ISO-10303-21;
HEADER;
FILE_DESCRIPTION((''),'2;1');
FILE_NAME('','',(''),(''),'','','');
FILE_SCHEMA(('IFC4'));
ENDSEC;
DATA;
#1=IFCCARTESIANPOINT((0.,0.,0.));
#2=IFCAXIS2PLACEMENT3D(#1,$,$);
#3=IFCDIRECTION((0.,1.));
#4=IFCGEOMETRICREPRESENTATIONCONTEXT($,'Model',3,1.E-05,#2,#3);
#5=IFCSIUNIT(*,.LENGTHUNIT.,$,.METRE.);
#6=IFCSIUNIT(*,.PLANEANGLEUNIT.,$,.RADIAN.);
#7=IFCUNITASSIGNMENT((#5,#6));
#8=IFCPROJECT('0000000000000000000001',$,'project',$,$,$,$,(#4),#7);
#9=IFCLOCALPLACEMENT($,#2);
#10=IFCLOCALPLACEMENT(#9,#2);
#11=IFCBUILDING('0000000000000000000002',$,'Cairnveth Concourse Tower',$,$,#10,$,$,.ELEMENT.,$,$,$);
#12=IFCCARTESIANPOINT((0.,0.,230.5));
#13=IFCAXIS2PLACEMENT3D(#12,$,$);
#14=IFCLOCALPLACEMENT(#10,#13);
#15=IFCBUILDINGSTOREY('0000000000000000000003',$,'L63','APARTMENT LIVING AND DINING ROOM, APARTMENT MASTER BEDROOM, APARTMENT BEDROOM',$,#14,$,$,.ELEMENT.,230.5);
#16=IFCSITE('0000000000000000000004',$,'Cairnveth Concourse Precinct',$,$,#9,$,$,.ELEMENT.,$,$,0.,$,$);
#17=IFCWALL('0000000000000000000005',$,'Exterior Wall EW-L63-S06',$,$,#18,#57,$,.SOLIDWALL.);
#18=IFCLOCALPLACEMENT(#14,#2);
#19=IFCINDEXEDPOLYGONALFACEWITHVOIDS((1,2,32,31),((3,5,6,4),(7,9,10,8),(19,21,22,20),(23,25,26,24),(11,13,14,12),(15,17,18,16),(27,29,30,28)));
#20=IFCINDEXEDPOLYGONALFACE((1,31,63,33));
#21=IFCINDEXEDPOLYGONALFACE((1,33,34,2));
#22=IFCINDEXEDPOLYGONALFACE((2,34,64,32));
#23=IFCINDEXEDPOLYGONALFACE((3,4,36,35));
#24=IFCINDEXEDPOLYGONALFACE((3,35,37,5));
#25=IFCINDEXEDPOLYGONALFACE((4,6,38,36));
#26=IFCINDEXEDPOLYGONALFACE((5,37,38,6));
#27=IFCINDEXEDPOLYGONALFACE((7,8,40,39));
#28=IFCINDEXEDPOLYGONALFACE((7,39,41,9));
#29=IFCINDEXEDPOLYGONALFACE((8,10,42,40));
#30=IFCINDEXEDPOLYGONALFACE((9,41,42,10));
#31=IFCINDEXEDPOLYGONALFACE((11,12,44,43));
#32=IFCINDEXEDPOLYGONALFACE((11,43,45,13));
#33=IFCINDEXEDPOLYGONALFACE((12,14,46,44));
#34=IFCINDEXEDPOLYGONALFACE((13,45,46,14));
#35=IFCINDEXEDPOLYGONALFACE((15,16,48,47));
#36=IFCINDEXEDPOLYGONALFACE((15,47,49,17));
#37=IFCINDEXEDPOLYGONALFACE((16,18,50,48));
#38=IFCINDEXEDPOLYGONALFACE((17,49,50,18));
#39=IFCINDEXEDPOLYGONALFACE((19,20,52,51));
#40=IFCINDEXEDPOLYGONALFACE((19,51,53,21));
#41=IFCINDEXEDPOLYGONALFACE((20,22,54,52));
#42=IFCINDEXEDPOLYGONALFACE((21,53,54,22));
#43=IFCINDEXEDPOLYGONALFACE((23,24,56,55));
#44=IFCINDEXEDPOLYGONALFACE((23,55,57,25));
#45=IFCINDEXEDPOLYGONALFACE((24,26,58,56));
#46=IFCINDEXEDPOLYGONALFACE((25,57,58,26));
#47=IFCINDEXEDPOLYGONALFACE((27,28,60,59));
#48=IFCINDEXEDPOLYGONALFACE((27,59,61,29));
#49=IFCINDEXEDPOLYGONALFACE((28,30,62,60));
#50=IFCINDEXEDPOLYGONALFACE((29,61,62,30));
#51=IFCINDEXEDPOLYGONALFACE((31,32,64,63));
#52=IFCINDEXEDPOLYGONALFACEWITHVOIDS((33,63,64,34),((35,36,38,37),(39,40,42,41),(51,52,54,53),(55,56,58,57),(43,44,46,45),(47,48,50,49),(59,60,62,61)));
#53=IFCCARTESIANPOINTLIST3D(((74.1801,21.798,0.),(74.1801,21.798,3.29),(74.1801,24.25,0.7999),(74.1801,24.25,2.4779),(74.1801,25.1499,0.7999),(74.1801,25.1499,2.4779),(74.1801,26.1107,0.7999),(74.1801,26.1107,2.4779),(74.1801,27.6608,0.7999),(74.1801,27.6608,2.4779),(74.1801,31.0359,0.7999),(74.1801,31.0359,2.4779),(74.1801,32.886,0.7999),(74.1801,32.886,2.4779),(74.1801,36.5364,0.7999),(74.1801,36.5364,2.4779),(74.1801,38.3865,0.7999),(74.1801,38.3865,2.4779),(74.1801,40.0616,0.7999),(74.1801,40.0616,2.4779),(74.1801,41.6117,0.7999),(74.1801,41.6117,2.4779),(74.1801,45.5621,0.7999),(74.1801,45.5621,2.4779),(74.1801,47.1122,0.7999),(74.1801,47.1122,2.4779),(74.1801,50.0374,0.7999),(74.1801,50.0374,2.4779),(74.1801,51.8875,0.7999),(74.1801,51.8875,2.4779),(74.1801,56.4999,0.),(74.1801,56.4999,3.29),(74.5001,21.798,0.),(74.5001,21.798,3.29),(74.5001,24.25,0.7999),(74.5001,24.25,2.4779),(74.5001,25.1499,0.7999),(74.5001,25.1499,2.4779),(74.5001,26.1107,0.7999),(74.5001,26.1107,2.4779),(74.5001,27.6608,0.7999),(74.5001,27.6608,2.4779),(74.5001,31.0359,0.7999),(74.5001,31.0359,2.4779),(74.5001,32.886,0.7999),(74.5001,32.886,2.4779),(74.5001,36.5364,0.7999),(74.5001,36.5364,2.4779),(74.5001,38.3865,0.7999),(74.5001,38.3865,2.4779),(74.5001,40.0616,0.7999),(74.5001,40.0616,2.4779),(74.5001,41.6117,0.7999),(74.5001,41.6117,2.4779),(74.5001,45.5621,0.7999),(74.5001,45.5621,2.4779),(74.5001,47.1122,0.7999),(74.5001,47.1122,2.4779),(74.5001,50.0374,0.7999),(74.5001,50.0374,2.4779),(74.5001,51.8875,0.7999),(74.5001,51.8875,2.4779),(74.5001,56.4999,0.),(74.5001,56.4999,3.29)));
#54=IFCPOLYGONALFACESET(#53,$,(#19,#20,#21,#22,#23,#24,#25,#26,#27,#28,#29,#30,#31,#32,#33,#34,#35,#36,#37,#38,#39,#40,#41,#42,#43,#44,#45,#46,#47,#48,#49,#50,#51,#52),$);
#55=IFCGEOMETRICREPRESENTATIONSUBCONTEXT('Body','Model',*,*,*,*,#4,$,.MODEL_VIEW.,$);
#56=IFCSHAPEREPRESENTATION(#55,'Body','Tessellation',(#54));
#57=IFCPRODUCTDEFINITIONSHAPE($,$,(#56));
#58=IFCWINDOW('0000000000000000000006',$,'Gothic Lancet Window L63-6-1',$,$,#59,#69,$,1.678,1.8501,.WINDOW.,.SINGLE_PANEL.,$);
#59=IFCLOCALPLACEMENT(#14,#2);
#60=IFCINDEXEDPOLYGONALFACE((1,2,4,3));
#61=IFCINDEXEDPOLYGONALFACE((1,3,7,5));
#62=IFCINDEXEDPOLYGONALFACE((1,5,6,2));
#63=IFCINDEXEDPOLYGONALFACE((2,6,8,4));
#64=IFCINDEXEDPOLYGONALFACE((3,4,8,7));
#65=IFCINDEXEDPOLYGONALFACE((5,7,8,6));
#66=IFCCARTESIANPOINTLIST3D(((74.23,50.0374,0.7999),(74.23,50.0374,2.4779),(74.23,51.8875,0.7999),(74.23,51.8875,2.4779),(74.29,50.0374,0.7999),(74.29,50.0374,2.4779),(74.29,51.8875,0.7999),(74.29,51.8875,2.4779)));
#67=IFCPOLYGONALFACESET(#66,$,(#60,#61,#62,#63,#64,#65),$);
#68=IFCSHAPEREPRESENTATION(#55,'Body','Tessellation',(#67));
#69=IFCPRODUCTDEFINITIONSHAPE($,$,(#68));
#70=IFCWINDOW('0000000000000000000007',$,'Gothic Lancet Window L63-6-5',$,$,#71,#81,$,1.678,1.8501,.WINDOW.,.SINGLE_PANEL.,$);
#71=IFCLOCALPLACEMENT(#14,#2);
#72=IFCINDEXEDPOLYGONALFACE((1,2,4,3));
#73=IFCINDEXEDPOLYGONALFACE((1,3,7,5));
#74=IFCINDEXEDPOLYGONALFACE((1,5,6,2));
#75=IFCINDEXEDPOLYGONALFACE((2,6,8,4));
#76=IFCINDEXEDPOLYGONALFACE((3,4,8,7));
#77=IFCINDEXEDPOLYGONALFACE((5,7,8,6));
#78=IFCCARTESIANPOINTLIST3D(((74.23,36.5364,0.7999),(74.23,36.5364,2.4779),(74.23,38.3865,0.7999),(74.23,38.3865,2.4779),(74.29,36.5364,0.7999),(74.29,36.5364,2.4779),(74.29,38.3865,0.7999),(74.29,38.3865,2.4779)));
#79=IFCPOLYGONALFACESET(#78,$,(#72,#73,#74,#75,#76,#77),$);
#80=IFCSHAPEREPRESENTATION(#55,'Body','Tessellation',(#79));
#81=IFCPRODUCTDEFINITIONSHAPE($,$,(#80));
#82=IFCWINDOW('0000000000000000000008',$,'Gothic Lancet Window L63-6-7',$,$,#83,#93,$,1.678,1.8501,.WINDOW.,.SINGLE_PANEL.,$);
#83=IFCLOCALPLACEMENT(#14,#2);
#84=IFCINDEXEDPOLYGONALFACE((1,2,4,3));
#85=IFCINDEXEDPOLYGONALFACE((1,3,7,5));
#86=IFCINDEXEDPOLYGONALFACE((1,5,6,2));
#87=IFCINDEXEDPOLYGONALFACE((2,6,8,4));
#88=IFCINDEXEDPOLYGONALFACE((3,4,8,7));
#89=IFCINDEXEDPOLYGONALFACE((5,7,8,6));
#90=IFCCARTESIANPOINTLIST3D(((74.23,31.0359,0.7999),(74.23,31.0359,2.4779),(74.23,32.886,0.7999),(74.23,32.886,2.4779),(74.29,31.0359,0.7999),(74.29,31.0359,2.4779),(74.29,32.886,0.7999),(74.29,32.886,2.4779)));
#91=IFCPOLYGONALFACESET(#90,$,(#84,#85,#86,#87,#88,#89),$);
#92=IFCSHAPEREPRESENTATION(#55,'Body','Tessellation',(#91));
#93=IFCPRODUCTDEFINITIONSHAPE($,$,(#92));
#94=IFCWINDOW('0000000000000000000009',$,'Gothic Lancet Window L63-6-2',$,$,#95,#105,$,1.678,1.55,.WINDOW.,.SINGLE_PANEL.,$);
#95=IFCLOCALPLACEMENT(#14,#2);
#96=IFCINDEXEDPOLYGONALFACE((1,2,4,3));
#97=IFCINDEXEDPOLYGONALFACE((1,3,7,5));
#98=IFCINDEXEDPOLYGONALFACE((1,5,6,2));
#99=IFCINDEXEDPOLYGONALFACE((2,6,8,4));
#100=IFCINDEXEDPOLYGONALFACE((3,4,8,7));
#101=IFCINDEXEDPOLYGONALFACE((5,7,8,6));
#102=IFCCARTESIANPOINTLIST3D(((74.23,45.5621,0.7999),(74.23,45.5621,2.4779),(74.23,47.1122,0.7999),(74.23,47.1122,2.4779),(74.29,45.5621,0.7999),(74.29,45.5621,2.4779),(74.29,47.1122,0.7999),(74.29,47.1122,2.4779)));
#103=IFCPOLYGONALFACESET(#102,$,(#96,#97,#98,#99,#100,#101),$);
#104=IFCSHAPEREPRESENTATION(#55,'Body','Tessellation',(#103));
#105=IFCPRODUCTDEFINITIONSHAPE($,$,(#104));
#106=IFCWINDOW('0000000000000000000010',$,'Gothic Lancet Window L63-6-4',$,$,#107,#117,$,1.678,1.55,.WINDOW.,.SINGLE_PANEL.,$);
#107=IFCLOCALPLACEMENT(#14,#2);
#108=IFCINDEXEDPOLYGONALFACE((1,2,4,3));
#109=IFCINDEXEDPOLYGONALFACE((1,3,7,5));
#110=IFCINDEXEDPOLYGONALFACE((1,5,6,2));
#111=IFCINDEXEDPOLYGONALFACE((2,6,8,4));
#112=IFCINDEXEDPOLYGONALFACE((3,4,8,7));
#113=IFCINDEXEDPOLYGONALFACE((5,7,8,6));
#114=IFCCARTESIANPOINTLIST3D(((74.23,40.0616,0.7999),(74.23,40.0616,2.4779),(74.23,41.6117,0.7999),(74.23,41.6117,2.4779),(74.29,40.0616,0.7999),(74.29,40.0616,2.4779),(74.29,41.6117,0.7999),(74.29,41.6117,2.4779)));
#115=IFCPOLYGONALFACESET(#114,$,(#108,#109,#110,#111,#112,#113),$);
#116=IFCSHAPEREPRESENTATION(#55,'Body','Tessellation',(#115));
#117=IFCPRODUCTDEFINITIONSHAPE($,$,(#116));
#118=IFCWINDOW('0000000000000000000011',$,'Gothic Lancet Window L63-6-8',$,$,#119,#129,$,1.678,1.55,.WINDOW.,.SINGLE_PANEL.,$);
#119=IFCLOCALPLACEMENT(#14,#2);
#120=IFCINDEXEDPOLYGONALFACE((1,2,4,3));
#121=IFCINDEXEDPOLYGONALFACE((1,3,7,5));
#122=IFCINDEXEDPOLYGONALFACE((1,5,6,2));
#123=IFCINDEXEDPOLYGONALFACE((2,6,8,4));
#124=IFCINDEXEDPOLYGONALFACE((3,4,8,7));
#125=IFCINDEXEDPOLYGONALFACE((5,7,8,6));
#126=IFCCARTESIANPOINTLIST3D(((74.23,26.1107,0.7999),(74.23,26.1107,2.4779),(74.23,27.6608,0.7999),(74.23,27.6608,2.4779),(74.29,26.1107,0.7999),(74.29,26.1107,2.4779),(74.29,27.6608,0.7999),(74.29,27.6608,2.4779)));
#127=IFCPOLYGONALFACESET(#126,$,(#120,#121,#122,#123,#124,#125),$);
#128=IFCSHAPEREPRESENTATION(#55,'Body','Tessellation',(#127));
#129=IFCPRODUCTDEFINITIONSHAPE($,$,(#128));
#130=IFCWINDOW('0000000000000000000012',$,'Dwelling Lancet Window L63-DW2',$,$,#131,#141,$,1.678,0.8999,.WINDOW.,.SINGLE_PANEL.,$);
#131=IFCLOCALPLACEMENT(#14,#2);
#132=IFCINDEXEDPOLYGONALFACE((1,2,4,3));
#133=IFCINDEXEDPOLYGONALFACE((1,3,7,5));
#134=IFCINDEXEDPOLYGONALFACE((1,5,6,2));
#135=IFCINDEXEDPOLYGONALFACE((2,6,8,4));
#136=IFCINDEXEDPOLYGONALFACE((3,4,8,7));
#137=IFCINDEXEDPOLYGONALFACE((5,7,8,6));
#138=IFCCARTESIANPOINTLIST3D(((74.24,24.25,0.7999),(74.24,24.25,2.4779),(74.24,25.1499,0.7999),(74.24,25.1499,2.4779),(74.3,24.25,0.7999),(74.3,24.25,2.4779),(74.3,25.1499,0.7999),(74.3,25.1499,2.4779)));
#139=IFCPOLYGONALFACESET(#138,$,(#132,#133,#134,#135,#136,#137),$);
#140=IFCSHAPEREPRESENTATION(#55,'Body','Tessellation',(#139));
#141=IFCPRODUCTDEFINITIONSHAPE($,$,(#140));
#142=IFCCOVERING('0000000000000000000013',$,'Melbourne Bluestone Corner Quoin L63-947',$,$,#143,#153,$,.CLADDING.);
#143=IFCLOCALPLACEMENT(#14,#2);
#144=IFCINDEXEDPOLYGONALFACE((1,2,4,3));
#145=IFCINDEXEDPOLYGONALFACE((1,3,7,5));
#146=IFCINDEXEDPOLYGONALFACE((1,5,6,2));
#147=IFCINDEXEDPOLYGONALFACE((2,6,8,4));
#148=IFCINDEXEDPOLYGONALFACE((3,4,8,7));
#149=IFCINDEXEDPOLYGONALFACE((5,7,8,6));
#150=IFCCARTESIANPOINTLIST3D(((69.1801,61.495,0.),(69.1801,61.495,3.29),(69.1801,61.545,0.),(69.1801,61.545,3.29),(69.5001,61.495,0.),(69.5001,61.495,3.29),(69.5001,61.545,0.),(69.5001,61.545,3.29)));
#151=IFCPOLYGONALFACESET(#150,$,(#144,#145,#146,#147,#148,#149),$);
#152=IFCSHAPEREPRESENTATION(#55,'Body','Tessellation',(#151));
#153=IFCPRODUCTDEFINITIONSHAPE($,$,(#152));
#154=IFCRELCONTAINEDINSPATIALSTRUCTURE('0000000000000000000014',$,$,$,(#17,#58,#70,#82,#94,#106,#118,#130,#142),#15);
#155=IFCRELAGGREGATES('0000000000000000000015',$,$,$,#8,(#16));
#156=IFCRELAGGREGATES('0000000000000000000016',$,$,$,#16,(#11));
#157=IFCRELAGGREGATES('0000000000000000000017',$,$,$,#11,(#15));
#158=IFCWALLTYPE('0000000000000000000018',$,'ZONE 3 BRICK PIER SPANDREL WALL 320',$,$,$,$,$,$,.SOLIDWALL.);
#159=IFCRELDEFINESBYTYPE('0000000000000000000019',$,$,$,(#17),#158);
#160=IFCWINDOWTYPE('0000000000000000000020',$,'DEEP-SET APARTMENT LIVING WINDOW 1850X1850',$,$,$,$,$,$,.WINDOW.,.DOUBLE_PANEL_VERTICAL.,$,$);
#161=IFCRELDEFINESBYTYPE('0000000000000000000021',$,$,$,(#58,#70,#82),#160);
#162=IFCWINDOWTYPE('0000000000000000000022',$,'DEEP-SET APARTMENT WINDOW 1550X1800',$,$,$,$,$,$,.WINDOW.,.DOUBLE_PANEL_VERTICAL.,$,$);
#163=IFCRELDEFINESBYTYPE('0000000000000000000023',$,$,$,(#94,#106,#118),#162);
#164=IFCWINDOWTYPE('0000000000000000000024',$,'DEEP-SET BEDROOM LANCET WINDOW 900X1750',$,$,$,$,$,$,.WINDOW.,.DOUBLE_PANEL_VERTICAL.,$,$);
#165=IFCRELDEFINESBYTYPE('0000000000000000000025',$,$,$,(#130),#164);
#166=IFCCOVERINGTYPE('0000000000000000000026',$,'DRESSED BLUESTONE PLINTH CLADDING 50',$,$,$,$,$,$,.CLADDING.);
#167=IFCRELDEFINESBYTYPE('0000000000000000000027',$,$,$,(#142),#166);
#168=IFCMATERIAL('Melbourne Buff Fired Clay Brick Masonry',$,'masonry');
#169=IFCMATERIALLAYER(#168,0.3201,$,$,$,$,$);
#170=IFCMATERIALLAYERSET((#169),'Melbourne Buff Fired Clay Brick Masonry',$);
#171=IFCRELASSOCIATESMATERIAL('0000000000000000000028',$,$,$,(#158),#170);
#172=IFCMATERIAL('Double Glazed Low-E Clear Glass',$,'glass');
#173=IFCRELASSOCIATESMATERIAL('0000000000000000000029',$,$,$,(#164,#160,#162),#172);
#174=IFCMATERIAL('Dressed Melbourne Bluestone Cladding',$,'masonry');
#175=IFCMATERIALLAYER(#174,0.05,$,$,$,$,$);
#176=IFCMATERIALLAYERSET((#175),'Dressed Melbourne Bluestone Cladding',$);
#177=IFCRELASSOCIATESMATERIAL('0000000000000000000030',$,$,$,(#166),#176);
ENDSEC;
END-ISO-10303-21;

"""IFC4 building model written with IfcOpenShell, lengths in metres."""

from ifc_helpers import new_model, si_unit, direction, frame, frame_2d, origin, place, context, subcontext, project, spatial, rectangle, extrude, material, layer, layer_set, type_object, element, fill, save


model = new_model("IFC4")

# Units and contexts
model_context = context("Model", 3, precision=1e-05, world=origin(), true_north=direction((0.0, 1.0)))
body_context = subcontext(model_context, "Body", "Model", "MODEL_VIEW")
ifc_project = project(units=[si_unit("LENGTHUNIT", "METRE"), si_unit("PLANEANGLEUNIT", "RADIAN")], contexts=[model_context])

# Site, building, storey
site_placement = place(None, origin())
site = spatial("IfcSite", under=ifc_project, at=site_placement, Name="Cairnveth Concourse Precinct", CompositionType="ELEMENT", RefElevation=0.0)
building_placement = place(site_placement, origin())
building = spatial("IfcBuilding", under=site, at=building_placement, Name="Cairnveth Concourse Tower", CompositionType="ELEMENT")
storey_placement = place(building_placement, frame((0.0, 0.0, 230.5)))
storey = spatial("IfcBuildingStorey", under=building, at=storey_placement, Name="L63", Description="APARTMENT LIVING AND DINING ROOM, APARTMENT MASTER BEDROOM, APARTMENT BEDROOM", CompositionType="ELEMENT", Elevation=230.5)

# Shared definitions
ifc_material_1 = material(Name="Melbourne Buff Fired Clay Brick Masonry", Category="masonry")
ifc_layer_1 = layer(ifc_material_1, 0.3201)
ifc_layer_set_1 = layer_set([ifc_layer_1], Name="Melbourne Buff Fired Clay Brick Masonry")
wall_type = type_object("IfcWallType", Name="ZONE 3 BRICK PIER SPANDREL WALL 320", PredefinedType="SOLIDWALL", material=ifc_layer_set_1)

# Shared definitions
ifc_material_2 = material(Name="Double Glazed Low-E Clear Glass", Category="glass")
window_type_1 = type_object("IfcWindowType", Name="DEEP-SET BEDROOM LANCET WINDOW 900X1750", PartitioningType="DOUBLE_PANEL_VERTICAL", PredefinedType="WINDOW", material=ifc_material_2)

# Wall, openings, windows
wall_1_placement = place(storey_placement, frame((74.3401, 56.5, 0.0), z_axis=(0.0, 0.0, 1.0), x_axis=(0.0, -1.0, 0.0)))
wall_1 = element("IfcWall", 1, at=wall_1_placement, inside=storey, type_object=wall_type, Name="Exterior Wall EW-L63-S06", PredefinedType="SOLIDWALL", context=body_context, shape_type="SweptSolid", body=[
    extrude(rectangle(XDim=34.7019, YDim=0.3201, at=frame_2d((17.3511, 0.0))), origin(), (0.0, 0.0, 1.0), 3.29),
])
opening_1_placement = place(wall_1_placement, frame((4.6125, 0.0, 0.8)))
opening_1 = element("IfcOpeningElement", 2, at=opening_1_placement, cuts=wall_1, PredefinedType="OPENING", context=body_context, shape_type="SweptSolid", body=[
    extrude(rectangle(XDim=1.8501, YDim=1.678, at=frame_2d((0.925, 0.8389))), frame((0.0, 0.1699, 0.0), z_axis=(0.0, -1.0, 0.0), x_axis=(1.0, 0.0, 0.0)), (0.0, 0.0, 1.0), 0.3401),
])
opening_2_placement = place(wall_1_placement, frame((9.3879, 0.0, 0.8)))
opening_2 = element("IfcOpeningElement", 3, at=opening_2_placement, cuts=wall_1, PredefinedType="OPENING", context=body_context, shape_type="SweptSolid", body=[
    extrude(rectangle(XDim=1.55, YDim=1.678, at=frame_2d((0.7749, 0.8389))), frame((0.0, 0.1699, 0.0), z_axis=(0.0, -1.0, 0.0), x_axis=(1.0, 0.0, 0.0)), (0.0, 0.0, 1.0), 0.3401),
])
opening_3_placement = place(wall_1_placement, frame((14.8884, 0.0, 0.8)))
opening_3 = element("IfcOpeningElement", 4, at=opening_3_placement, cuts=wall_1, PredefinedType="OPENING", context=body_context, shape_type="SweptSolid", body=[
    extrude(rectangle(XDim=1.55, YDim=1.678, at=frame_2d((0.7749, 0.8389))), frame((0.0, 0.1699, 0.0), z_axis=(0.0, -1.0, 0.0), x_axis=(1.0, 0.0, 0.0)), (0.0, 0.0, 1.0), 0.3401),
])
opening_4_placement = place(wall_1_placement, frame((18.1135, 0.0, 0.8)))
opening_4 = element("IfcOpeningElement", 5, at=opening_4_placement, cuts=wall_1, PredefinedType="OPENING", context=body_context, shape_type="SweptSolid", body=[
    extrude(rectangle(XDim=1.8501, YDim=1.678, at=frame_2d((0.925, 0.8389))), frame((0.0, 0.1699, 0.0), z_axis=(0.0, -1.0, 0.0), x_axis=(1.0, 0.0, 0.0)), (0.0, 0.0, 1.0), 0.3401),
])
opening_5_placement = place(wall_1_placement, frame((23.614, 0.0, 0.8)))
opening_5 = element("IfcOpeningElement", 6, at=opening_5_placement, cuts=wall_1, PredefinedType="OPENING", context=body_context, shape_type="SweptSolid", body=[
    extrude(rectangle(XDim=1.8501, YDim=1.678, at=frame_2d((0.925, 0.8389))), frame((0.0, 0.1699, 0.0), z_axis=(0.0, -1.0, 0.0), x_axis=(1.0, 0.0, 0.0)), (0.0, 0.0, 1.0), 0.3401),
])
opening_6_placement = place(wall_1_placement, frame((28.8394, 0.0, 0.8)))
opening_6 = element("IfcOpeningElement", 7, at=opening_6_placement, cuts=wall_1, PredefinedType="OPENING", context=body_context, shape_type="SweptSolid", body=[
    extrude(rectangle(XDim=1.55, YDim=1.678, at=frame_2d((0.7749, 0.8389))), frame((0.0, 0.1699, 0.0), z_axis=(0.0, -1.0, 0.0), x_axis=(1.0, 0.0, 0.0)), (0.0, 0.0, 1.0), 0.3401),
])
opening_7_placement = place(wall_1_placement, frame((31.3501, 0.0, 0.8)))
opening_7 = element("IfcOpeningElement", 8, at=opening_7_placement, cuts=wall_1, PredefinedType="OPENING", context=body_context, shape_type="SweptSolid", body=[
    extrude(rectangle(XDim=0.8999, YDim=1.678, at=frame_2d((0.45, 0.8389))), frame((0.0, 0.1699, 0.0), z_axis=(0.0, -1.0, 0.0), x_axis=(1.0, 0.0, 0.0)), (0.0, 0.0, 1.0), 0.3401),
])
window_type_2 = type_object("IfcWindowType", Name="DEEP-SET APARTMENT LIVING WINDOW 1850X1850", PartitioningType="DOUBLE_PANEL_VERTICAL", PredefinedType="WINDOW", material=ifc_material_2)
window_1_placement = place(opening_1_placement, origin())
window_1 = element("IfcWindow", 9, at=window_1_placement, inside=storey, type_object=window_type_2, Name="Gothic Lancet Window L63-6-1", OverallHeight=1.678, OverallWidth=1.8501, PartitioningType="SINGLE_PANEL", PredefinedType="WINDOW", context=body_context, shape_type="SweptSolid", body=[
    extrude(rectangle(XDim=1.8501, YDim=1.678, at=frame_2d((0.925, 0.8389))), frame((0.0, -0.05, 0.0), z_axis=(0.0, -1.0, 0.0), x_axis=(1.0, 0.0, 0.0)), (0.0, 0.0, 1.0), 0.0601),
])
fill(opening_1, window_1)
window_2_placement = place(opening_4_placement, origin())
window_2 = element("IfcWindow", 10, at=window_2_placement, inside=storey, type_object=window_type_2, Name="Gothic Lancet Window L63-6-5", OverallHeight=1.678, OverallWidth=1.8501, PartitioningType="SINGLE_PANEL", PredefinedType="WINDOW", context=body_context, shape_type="SweptSolid", body=[
    extrude(rectangle(XDim=1.8501, YDim=1.678, at=frame_2d((0.925, 0.8389))), frame((0.0, -0.05, 0.0), z_axis=(0.0, -1.0, 0.0), x_axis=(1.0, 0.0, 0.0)), (0.0, 0.0, 1.0), 0.0601),
])
fill(opening_4, window_2)
window_3_placement = place(opening_5_placement, origin())
window_3 = element("IfcWindow", 11, at=window_3_placement, inside=storey, type_object=window_type_2, Name="Gothic Lancet Window L63-6-7", OverallHeight=1.678, OverallWidth=1.8501, PartitioningType="SINGLE_PANEL", PredefinedType="WINDOW", context=body_context, shape_type="SweptSolid", body=[
    extrude(rectangle(XDim=1.8501, YDim=1.678, at=frame_2d((0.925, 0.8389))), frame((0.0, -0.05, 0.0), z_axis=(0.0, -1.0, 0.0), x_axis=(1.0, 0.0, 0.0)), (0.0, 0.0, 1.0), 0.0601),
])
fill(opening_5, window_3)
window_type_3 = type_object("IfcWindowType", Name="DEEP-SET APARTMENT WINDOW 1550X1800", PartitioningType="DOUBLE_PANEL_VERTICAL", PredefinedType="WINDOW", material=ifc_material_2)
window_4_placement = place(opening_2_placement, origin())
window_4 = element("IfcWindow", 12, at=window_4_placement, inside=storey, type_object=window_type_3, Name="Gothic Lancet Window L63-6-2", OverallHeight=1.678, OverallWidth=1.55, PartitioningType="SINGLE_PANEL", PredefinedType="WINDOW", context=body_context, shape_type="SweptSolid", body=[
    extrude(rectangle(XDim=1.55, YDim=1.678, at=frame_2d((0.7749, 0.8389))), frame((0.0, -0.05, 0.0), z_axis=(0.0, -1.0, 0.0), x_axis=(1.0, 0.0, 0.0)), (0.0, 0.0, 1.0), 0.0601),
])
fill(opening_2, window_4)
window_5_placement = place(opening_3_placement, origin())
window_5 = element("IfcWindow", 13, at=window_5_placement, inside=storey, type_object=window_type_3, Name="Gothic Lancet Window L63-6-4", OverallHeight=1.678, OverallWidth=1.55, PartitioningType="SINGLE_PANEL", PredefinedType="WINDOW", context=body_context, shape_type="SweptSolid", body=[
    extrude(rectangle(XDim=1.55, YDim=1.678, at=frame_2d((0.7749, 0.8389))), frame((0.0, -0.05, 0.0), z_axis=(0.0, -1.0, 0.0), x_axis=(1.0, 0.0, 0.0)), (0.0, 0.0, 1.0), 0.0601),
])
fill(opening_3, window_5)
window_6_placement = place(opening_6_placement, origin())
window_6 = element("IfcWindow", 14, at=window_6_placement, inside=storey, type_object=window_type_3, Name="Gothic Lancet Window L63-6-8", OverallHeight=1.678, OverallWidth=1.55, PartitioningType="SINGLE_PANEL", PredefinedType="WINDOW", context=body_context, shape_type="SweptSolid", body=[
    extrude(rectangle(XDim=1.55, YDim=1.678, at=frame_2d((0.7749, 0.8389))), frame((0.0, -0.05, 0.0), z_axis=(0.0, -1.0, 0.0), x_axis=(1.0, 0.0, 0.0)), (0.0, 0.0, 1.0), 0.0601),
])
fill(opening_6, window_6)
window_7_placement = place(opening_7_placement, origin())
window_7 = element("IfcWindow", 15, at=window_7_placement, inside=storey, type_object=window_type_1, Name="Dwelling Lancet Window L63-DW2", OverallHeight=1.678, OverallWidth=0.8999, PartitioningType="SINGLE_PANEL", PredefinedType="WINDOW", context=body_context, shape_type="SweptSolid", body=[
    extrude(rectangle(XDim=0.8999, YDim=1.678, at=frame_2d((0.45, 0.8389))), frame((0.0, -0.04, 0.0), z_axis=(0.0, -1.0, 0.0), x_axis=(1.0, 0.0, 0.0)), (0.0, 0.0, 1.0), 0.0601),
])
fill(opening_7, window_7)

# Covering
ifc_material_3 = material(Name="Dressed Melbourne Bluestone Cladding", Category="masonry")
ifc_layer_2 = layer(ifc_material_3, 0.05)
ifc_layer_set_2 = layer_set([ifc_layer_2], Name="Dressed Melbourne Bluestone Cladding")
covering_type = type_object("IfcCoveringType", Name="DRESSED BLUESTONE PLINTH CLADDING 50", PredefinedType="CLADDING", material=ifc_layer_set_2)
for number, where, z_axis, x_axis, name in (
    (16, (69.1799, 61.52, 0.0), (0.0, 0.0, 1.0), (1.0, 0.0, 0.0), "Melbourne Bluestone Corner Quoin L63-947"),
):
    element("IfcCovering", number, at=place(storey_placement, frame(where, z_axis=z_axis, x_axis=x_axis)), inside=storey, type_object=covering_type, Name=name, PredefinedType="CLADDING", context=body_context, shape_type="SweptSolid", body=[
        extrude(rectangle(XDim=0.3201, YDim=0.05, at=frame_2d((0.1602, 0.0))), origin(), (0.0, 0.0, 1.0), 3.29),
    ])

save(model, "model.ifc")
